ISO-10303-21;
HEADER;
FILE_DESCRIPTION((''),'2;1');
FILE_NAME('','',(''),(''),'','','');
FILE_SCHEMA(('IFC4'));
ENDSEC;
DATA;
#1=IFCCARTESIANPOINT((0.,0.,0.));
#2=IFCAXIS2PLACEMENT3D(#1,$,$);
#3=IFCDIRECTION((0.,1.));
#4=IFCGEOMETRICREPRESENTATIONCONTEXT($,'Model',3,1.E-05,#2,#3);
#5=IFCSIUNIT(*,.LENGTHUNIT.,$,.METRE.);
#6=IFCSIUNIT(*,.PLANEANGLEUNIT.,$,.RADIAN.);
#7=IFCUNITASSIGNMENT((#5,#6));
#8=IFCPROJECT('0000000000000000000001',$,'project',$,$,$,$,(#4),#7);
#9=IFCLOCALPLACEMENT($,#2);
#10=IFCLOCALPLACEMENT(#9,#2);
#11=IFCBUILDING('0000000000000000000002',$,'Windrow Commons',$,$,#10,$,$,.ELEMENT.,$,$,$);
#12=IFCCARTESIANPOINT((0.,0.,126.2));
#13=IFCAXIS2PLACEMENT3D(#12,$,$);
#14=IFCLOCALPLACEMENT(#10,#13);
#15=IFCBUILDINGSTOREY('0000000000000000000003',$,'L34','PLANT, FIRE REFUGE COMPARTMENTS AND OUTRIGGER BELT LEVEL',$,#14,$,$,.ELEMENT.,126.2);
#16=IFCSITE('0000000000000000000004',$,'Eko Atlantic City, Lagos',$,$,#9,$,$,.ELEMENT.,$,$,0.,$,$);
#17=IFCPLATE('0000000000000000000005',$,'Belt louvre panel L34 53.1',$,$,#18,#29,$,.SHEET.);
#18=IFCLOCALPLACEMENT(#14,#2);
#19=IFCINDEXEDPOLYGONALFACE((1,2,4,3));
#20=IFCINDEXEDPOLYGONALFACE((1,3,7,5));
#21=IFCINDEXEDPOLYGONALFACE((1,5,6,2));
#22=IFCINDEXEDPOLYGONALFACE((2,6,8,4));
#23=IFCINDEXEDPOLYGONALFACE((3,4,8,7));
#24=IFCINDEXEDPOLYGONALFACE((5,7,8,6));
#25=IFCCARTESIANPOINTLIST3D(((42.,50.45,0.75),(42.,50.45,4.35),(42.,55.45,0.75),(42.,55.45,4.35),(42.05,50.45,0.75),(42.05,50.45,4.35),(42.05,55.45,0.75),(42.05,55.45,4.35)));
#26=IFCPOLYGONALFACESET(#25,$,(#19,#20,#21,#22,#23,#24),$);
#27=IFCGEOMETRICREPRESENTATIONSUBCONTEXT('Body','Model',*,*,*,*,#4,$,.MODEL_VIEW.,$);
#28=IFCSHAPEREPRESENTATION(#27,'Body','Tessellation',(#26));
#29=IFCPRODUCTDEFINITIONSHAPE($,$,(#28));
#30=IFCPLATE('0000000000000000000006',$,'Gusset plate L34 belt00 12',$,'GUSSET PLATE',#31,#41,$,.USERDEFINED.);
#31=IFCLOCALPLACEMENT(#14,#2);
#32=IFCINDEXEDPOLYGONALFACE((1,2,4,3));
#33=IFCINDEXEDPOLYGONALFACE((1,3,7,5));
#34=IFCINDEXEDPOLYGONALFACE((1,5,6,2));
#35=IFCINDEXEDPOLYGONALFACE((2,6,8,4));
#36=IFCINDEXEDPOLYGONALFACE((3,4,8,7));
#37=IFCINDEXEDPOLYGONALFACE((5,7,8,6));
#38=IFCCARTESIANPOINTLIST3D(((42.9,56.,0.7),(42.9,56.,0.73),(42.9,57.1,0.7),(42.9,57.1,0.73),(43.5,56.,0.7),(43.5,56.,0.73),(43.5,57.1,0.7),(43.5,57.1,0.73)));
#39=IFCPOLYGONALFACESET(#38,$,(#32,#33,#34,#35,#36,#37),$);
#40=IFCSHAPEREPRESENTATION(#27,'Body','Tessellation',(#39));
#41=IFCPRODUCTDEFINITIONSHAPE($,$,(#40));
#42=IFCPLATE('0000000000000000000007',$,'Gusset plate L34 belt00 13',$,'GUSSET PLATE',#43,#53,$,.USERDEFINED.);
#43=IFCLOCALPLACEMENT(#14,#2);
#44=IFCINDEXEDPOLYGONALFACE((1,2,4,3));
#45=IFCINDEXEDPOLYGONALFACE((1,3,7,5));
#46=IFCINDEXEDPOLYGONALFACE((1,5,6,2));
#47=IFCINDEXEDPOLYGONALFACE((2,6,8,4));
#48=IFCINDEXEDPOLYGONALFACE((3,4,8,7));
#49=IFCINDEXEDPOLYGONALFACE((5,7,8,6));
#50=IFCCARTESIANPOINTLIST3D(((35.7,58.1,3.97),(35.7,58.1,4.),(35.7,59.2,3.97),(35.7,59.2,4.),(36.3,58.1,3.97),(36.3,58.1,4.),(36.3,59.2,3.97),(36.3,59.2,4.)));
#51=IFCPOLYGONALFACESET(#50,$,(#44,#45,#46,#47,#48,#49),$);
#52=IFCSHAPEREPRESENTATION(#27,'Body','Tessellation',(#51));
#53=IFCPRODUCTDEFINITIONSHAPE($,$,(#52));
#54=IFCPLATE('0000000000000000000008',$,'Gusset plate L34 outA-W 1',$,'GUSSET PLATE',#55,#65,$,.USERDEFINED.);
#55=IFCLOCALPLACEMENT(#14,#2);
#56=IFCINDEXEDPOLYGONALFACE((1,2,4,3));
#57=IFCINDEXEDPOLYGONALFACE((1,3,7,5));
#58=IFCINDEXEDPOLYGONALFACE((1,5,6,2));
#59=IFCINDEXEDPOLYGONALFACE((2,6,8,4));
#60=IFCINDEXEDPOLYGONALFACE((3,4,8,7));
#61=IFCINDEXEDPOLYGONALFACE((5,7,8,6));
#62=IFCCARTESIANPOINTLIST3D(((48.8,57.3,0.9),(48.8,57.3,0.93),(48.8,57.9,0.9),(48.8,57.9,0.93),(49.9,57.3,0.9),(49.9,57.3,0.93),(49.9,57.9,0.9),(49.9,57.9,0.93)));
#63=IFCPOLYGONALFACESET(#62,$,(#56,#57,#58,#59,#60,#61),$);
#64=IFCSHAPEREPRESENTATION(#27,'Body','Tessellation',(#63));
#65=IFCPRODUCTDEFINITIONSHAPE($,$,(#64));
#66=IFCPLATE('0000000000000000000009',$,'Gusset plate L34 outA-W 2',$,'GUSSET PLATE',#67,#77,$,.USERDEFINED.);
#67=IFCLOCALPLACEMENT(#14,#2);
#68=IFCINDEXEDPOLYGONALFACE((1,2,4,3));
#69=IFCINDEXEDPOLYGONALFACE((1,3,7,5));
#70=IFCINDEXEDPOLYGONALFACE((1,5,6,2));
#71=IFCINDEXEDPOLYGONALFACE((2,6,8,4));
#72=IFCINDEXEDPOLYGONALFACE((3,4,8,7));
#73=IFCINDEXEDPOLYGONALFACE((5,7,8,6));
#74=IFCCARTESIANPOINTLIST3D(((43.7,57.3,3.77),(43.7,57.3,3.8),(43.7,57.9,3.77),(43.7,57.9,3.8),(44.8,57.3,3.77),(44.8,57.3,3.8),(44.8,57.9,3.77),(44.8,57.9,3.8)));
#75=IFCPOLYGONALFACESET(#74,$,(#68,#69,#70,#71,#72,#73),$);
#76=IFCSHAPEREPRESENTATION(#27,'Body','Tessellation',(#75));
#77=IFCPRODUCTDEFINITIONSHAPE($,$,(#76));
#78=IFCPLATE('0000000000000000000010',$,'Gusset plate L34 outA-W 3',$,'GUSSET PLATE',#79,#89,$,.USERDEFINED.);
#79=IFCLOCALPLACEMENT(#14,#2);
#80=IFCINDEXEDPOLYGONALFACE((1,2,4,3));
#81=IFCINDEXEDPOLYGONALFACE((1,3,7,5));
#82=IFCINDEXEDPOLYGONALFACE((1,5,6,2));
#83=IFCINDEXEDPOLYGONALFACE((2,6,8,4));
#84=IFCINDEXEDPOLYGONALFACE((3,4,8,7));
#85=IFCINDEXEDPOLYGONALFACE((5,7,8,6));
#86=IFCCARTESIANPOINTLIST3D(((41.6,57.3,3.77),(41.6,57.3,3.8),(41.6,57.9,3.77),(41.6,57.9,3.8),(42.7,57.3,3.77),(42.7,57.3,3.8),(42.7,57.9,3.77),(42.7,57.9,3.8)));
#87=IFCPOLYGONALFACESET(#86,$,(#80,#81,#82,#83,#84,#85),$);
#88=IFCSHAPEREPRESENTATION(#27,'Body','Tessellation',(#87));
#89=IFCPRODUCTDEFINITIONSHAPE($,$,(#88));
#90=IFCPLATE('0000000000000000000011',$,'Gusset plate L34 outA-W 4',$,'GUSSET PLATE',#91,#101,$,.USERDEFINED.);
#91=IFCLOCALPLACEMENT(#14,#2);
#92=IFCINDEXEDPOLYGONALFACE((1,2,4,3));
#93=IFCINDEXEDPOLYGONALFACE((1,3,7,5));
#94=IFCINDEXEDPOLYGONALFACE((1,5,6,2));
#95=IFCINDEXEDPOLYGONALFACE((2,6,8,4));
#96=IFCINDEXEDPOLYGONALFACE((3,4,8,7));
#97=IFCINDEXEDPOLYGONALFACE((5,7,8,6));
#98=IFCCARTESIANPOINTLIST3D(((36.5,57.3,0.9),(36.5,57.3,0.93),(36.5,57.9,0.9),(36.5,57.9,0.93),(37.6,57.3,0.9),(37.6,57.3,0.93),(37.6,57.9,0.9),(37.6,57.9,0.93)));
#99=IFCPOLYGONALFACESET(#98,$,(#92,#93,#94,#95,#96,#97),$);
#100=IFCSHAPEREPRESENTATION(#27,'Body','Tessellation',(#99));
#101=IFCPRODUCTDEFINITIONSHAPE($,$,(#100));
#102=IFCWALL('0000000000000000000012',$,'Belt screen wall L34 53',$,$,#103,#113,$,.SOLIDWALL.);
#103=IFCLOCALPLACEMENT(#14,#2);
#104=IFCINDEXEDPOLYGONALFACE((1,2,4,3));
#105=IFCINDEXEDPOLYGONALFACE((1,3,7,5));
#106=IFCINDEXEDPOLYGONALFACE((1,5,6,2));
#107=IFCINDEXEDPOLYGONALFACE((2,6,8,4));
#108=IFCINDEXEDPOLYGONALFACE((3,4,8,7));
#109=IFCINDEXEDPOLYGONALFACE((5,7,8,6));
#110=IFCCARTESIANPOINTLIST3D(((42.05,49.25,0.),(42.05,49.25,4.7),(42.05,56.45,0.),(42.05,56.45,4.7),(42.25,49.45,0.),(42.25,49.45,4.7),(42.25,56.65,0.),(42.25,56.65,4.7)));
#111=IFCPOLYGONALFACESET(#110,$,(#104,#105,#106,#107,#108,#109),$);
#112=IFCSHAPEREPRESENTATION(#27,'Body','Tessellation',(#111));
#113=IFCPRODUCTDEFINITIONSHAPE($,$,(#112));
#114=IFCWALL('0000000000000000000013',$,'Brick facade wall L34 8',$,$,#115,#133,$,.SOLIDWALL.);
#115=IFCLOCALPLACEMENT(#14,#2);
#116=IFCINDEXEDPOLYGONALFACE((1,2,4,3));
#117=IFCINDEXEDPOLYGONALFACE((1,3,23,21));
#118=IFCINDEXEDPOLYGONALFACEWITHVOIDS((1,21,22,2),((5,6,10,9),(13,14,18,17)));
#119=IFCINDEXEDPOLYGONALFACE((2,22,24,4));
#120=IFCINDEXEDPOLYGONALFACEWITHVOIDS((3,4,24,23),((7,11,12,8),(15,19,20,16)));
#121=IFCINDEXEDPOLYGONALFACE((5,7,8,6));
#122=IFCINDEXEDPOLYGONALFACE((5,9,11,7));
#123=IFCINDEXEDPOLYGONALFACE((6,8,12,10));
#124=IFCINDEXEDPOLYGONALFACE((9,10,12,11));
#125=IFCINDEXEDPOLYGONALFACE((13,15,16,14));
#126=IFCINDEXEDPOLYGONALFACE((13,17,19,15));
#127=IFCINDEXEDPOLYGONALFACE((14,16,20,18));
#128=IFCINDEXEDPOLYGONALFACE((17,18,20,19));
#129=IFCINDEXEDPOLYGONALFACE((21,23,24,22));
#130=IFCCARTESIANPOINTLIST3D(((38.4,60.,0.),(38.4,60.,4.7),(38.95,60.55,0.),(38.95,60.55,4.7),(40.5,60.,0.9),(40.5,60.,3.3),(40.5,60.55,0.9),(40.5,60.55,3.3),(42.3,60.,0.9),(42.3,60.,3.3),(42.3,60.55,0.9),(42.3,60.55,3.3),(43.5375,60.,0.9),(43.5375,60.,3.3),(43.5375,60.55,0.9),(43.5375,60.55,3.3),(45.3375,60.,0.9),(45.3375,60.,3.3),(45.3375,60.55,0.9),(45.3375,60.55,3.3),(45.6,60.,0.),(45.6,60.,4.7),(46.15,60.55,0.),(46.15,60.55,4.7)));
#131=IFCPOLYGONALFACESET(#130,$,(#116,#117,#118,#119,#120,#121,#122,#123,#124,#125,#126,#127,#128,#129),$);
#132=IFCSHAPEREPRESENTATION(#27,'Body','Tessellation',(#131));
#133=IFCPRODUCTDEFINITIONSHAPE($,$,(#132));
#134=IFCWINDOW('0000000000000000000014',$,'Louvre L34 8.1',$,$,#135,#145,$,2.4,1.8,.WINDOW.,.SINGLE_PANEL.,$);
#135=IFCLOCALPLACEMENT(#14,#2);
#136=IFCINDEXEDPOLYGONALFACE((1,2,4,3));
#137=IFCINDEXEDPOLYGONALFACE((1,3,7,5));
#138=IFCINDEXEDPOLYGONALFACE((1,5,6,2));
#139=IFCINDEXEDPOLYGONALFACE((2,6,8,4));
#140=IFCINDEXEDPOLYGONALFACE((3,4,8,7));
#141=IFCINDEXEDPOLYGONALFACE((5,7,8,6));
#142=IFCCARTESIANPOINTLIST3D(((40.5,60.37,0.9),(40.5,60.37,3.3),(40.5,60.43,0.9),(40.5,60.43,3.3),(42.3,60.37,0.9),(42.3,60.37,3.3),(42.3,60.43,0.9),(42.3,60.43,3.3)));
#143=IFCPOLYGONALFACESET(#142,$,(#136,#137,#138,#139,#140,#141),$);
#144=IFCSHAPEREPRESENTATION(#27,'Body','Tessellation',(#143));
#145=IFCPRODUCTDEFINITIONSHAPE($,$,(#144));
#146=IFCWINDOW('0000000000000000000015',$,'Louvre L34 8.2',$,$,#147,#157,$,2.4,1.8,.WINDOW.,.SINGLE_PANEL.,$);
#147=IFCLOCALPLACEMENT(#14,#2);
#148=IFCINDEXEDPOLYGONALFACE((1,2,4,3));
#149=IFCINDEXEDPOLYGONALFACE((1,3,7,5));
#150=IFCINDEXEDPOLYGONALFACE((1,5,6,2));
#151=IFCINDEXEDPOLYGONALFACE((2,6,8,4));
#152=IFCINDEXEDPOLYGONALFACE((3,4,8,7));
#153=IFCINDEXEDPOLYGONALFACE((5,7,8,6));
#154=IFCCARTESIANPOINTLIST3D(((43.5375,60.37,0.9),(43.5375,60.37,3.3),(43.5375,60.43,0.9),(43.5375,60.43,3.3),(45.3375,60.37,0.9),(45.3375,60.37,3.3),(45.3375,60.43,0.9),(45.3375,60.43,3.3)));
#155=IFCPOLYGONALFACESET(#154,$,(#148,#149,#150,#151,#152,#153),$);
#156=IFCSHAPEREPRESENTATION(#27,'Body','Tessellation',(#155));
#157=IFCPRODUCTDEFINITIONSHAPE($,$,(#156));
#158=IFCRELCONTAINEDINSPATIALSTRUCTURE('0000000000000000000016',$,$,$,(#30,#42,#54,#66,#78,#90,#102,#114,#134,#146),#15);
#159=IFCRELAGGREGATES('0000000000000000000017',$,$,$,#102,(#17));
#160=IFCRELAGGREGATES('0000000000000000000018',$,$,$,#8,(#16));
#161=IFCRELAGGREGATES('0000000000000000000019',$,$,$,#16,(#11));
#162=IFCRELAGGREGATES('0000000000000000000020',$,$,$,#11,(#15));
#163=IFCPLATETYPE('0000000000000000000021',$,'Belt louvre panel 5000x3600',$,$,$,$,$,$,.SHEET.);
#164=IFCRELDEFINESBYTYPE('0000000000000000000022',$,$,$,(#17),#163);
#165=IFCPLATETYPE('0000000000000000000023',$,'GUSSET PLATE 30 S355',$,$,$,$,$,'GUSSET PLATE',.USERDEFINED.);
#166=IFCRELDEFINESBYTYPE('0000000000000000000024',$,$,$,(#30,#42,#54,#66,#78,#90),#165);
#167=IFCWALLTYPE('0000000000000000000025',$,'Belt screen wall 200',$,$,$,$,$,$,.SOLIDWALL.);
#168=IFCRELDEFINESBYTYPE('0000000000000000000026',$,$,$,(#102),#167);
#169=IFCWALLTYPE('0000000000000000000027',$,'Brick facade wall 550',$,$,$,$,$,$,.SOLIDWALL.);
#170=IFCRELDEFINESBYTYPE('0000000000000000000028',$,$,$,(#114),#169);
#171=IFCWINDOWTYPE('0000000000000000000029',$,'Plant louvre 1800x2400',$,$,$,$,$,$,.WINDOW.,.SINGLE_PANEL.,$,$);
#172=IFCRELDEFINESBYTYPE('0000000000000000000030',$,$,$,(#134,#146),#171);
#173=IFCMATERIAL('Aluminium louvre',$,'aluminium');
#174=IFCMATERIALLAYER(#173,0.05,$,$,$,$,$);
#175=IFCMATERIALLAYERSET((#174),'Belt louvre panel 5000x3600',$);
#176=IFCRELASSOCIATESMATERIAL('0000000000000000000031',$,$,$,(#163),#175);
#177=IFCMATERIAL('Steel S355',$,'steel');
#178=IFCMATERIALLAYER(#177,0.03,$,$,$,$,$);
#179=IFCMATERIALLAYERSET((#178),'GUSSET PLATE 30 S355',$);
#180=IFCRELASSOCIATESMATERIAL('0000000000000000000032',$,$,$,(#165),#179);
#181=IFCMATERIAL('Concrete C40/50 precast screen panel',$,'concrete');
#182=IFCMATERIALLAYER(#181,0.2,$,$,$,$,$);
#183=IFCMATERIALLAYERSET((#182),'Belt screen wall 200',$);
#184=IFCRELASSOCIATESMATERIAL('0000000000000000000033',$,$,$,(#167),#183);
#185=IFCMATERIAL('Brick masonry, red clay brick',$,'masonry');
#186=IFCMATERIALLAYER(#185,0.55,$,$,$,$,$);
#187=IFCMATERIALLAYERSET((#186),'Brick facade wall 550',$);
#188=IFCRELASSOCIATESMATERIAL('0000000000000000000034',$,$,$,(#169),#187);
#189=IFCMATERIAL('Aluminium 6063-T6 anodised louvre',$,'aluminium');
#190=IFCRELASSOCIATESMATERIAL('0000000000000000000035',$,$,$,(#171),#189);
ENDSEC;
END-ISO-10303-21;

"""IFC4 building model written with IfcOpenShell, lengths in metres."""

from ifc_helpers import new_model, si_unit, direction, frame, frame_2d, origin, origin_2d, place, context, subcontext, project, spatial, polyline, rectangle, outline, extrude, material, layer, layer_set, type_object, element, fill, aggregate, save


model = new_model("IFC4")

# Units and contexts
model_context = context("Model", 3, precision=1e-05, world=origin(), true_north=direction((0.0, 1.0)))
body_context = subcontext(model_context, "Body", "Model", "MODEL_VIEW")
ifc_project = project(units=[si_unit("LENGTHUNIT", "METRE"), si_unit("PLANEANGLEUNIT", "RADIAN")], contexts=[model_context])

# Site, building, storey
site_placement = place(None, origin())
site = spatial("IfcSite", under=ifc_project, at=site_placement, Name="Eko Atlantic City, Lagos", CompositionType="ELEMENT", RefElevation=0.0)
building_placement = place(site_placement, origin())
building = spatial("IfcBuilding", under=site, at=building_placement, Name="Windrow Commons", CompositionType="ELEMENT")
storey_placement = place(building_placement, frame((0.0, 0.0, 126.2)))
storey = spatial("IfcBuildingStorey", under=building, at=storey_placement, Name="L34", Description="PLANT, FIRE REFUGE COMPARTMENTS AND OUTRIGGER BELT LEVEL", CompositionType="ELEMENT", Elevation=126.2)

# Plate
ifc_material_1 = material(Name="Aluminium louvre", Category="aluminium")
ifc_layer_1 = layer(ifc_material_1, 0.05)
ifc_layer_set_1 = layer_set([ifc_layer_1], Name="Belt louvre panel 5000x3600")
plate_type_1 = type_object("IfcPlateType", Name="Belt louvre panel 5000x3600", PredefinedType="SHEET", material=ifc_layer_set_1)
plate_placement = place(storey_placement, frame((42.0, 55.45, 0.75), z_axis=(-1.0, 0.0, 0.0), x_axis=(0.0, -1.0, 0.0)))
plate = element("IfcPlate", 1, at=plate_placement, type_object=plate_type_1, Name="Belt louvre panel L34 53.1", PredefinedType="SHEET", context=body_context, shape_type="SweptSolid", body=[
    extrude(outline(polyline([(0.0, 0.0), (5.0, 0.0), (5.0, 3.6), (0.0, 3.6), (0.0, 0.0)])), origin(), (0.0, 0.0, -1.0), 0.05),
])

# Plates
ifc_material_2 = material(Name="Steel S355", Category="steel")
ifc_layer_2 = layer(ifc_material_2, 0.03)
ifc_layer_set_2 = layer_set([ifc_layer_2], Name="GUSSET PLATE 30 S355")
plate_type_2 = type_object("IfcPlateType", Name="GUSSET PLATE 30 S355", ElementType="GUSSET PLATE", PredefinedType="USERDEFINED", material=ifc_layer_set_2)
for number, where, z_axis, x_axis, name in (
    (2, (43.2, 56.55, 0.7), (0.0, 0.0, 1.0), (0.0, 1.0, 0.0), "Gusset plate L34 belt00 12"),
    (3, (36.0, 58.65, 3.97), (0.0, 0.0, 1.0), (0.0, 1.0, 0.0), "Gusset plate L34 belt00 13"),
    (4, (49.35, 57.6, 0.9), (0.0, 0.0, 1.0), (-1.0, 0.0, 0.0), "Gusset plate L34 outA-W 1"),
    (5, (44.25, 57.6, 3.77), (0.0, 0.0, 1.0), (-1.0, 0.0, 0.0), "Gusset plate L34 outA-W 2"),
    (6, (42.15, 57.6, 3.77), (0.0, 0.0, 1.0), (-1.0, 0.0, 0.0), "Gusset plate L34 outA-W 3"),
    (7, (37.05, 57.6, 0.9), (0.0, 0.0, 1.0), (-1.0, 0.0, 0.0), "Gusset plate L34 outA-W 4"),
):
    element("IfcPlate", number, at=place(storey_placement, frame(where, z_axis=z_axis, x_axis=x_axis)), inside=storey, type_object=plate_type_2, Name=name, ObjectType="GUSSET PLATE", PredefinedType="USERDEFINED", context=body_context, shape_type="SweptSolid", body=[
        extrude(rectangle(XDim=1.1, YDim=0.6, at=origin_2d()), origin(), (0.0, 0.0, 1.0), 0.03),
    ])

# Wall
ifc_material_3 = material(Name="Concrete C40/50 precast screen panel", Category="concrete")
ifc_layer_3 = layer(ifc_material_3, 0.2)
ifc_layer_set_3 = layer_set([ifc_layer_3], Name="Belt screen wall 200")
wall_type_1 = type_object("IfcWallType", Name="Belt screen wall 200", PredefinedType="SOLIDWALL", material=ifc_layer_set_3)
wall_1_placement = place(storey_placement, frame((42.15, 56.55, 0.0), z_axis=(0.0, 0.0, 1.0), x_axis=(0.0, -1.0, 0.0)))
wall_1 = element("IfcWall", 8, at=wall_1_placement, inside=storey, type_object=wall_type_1, Name="Belt screen wall L34 53", PredefinedType="SOLIDWALL", context=body_context, shape_type="SweptSolid", body=[
    extrude(outline(polyline([(0.1, -0.1), (7.3, -0.1), (7.1, 0.1), (-0.1, 0.1), (0.1, -0.1)])), origin(), (0.0, 0.0, 1.0), 4.7),
])
aggregate(wall_1, [plate])

# Wall, openings, windows
ifc_material_4 = material(Name="Brick masonry, red clay brick", Category="masonry")
ifc_layer_4 = layer(ifc_material_4, 0.55)
ifc_layer_set_4 = layer_set([ifc_layer_4], Name="Brick facade wall 550")
wall_type_2 = type_object("IfcWallType", Name="Brick facade wall 550", PredefinedType="SOLIDWALL", material=ifc_layer_set_4)
wall_2_placement = place(storey_placement, frame((38.675, 60.275, 0.0), z_axis=(0.0, 0.0, 1.0), x_axis=(1.0, 0.0, 0.0)))
wall_2 = element("IfcWall", 9, at=wall_2_placement, inside=storey, type_object=wall_type_2, Name="Brick facade wall L34 8", PredefinedType="SOLIDWALL", context=body_context, shape_type="SweptSolid", body=[
    extrude(outline(polyline([(-0.275, -0.275), (6.925, -0.275), (7.475, 0.275), (0.275, 0.275), (-0.275, -0.275)])), origin(), (0.0, 0.0, 1.0), 4.7),
])
opening_1_placement = place(wall_2_placement, frame((1.825, 0.0, 0.9)))
opening_1 = element("IfcOpeningElement", 10, at=opening_1_placement, cuts=wall_2, PredefinedType="OPENING", context=body_context, shape_type="SweptSolid", body=[
    extrude(rectangle(XDim=1.8, YDim=2.4, at=frame_2d((0.9, 1.2))), frame((0.0, 0.285, 0.0), z_axis=(0.0, -1.0, 0.0), x_axis=(1.0, 0.0, 0.0)), (0.0, 0.0, 1.0), 0.57),
])
opening_2_placement = place(wall_2_placement, frame((4.8625, 0.0, 0.9)))
opening_2 = element("IfcOpeningElement", 11, at=opening_2_placement, cuts=wall_2, PredefinedType="OPENING", context=body_context, shape_type="SweptSolid", body=[
    extrude(rectangle(XDim=1.8, YDim=2.4, at=frame_2d((0.9, 1.2))), frame((0.0, 0.285, 0.0), z_axis=(0.0, -1.0, 0.0), x_axis=(1.0, 0.0, 0.0)), (0.0, 0.0, 1.0), 0.57),
])
ifc_material_5 = material(Name="Aluminium 6063-T6 anodised louvre", Category="aluminium")
window_type = type_object("IfcWindowType", Name="Plant louvre 1800x2400", PartitioningType="SINGLE_PANEL", PredefinedType="WINDOW", material=ifc_material_5)
window_1_placement = place(opening_1_placement, origin())
window_1 = element("IfcWindow", 12, at=window_1_placement, inside=storey, type_object=window_type, Name="Louvre L34 8.1", OverallHeight=2.4, OverallWidth=1.8, PartitioningType="SINGLE_PANEL", PredefinedType="WINDOW", context=body_context, shape_type="SweptSolid", body=[
    extrude(rectangle(XDim=1.8, YDim=2.4, at=frame_2d((0.9, 1.2))), frame((0.0, 0.155, 0.0), z_axis=(0.0, -1.0, 0.0), x_axis=(1.0, 0.0, 0.0)), (0.0, 0.0, 1.0), 0.06),
])
fill(opening_1, window_1)
window_2_placement = place(opening_2_placement, origin())
window_2 = element("IfcWindow", 13, at=window_2_placement, inside=storey, type_object=window_type, Name="Louvre L34 8.2", OverallHeight=2.4, OverallWidth=1.8, PartitioningType="SINGLE_PANEL", PredefinedType="WINDOW", context=body_context, shape_type="SweptSolid", body=[
    extrude(rectangle(XDim=1.8, YDim=2.4, at=frame_2d((0.9, 1.2))), frame((0.0, 0.155, 0.0), z_axis=(0.0, -1.0, 0.0), x_axis=(1.0, 0.0, 0.0)), (0.0, 0.0, 1.0), 0.06),
])
fill(opening_2, window_2)

save(model, "model.ifc")
